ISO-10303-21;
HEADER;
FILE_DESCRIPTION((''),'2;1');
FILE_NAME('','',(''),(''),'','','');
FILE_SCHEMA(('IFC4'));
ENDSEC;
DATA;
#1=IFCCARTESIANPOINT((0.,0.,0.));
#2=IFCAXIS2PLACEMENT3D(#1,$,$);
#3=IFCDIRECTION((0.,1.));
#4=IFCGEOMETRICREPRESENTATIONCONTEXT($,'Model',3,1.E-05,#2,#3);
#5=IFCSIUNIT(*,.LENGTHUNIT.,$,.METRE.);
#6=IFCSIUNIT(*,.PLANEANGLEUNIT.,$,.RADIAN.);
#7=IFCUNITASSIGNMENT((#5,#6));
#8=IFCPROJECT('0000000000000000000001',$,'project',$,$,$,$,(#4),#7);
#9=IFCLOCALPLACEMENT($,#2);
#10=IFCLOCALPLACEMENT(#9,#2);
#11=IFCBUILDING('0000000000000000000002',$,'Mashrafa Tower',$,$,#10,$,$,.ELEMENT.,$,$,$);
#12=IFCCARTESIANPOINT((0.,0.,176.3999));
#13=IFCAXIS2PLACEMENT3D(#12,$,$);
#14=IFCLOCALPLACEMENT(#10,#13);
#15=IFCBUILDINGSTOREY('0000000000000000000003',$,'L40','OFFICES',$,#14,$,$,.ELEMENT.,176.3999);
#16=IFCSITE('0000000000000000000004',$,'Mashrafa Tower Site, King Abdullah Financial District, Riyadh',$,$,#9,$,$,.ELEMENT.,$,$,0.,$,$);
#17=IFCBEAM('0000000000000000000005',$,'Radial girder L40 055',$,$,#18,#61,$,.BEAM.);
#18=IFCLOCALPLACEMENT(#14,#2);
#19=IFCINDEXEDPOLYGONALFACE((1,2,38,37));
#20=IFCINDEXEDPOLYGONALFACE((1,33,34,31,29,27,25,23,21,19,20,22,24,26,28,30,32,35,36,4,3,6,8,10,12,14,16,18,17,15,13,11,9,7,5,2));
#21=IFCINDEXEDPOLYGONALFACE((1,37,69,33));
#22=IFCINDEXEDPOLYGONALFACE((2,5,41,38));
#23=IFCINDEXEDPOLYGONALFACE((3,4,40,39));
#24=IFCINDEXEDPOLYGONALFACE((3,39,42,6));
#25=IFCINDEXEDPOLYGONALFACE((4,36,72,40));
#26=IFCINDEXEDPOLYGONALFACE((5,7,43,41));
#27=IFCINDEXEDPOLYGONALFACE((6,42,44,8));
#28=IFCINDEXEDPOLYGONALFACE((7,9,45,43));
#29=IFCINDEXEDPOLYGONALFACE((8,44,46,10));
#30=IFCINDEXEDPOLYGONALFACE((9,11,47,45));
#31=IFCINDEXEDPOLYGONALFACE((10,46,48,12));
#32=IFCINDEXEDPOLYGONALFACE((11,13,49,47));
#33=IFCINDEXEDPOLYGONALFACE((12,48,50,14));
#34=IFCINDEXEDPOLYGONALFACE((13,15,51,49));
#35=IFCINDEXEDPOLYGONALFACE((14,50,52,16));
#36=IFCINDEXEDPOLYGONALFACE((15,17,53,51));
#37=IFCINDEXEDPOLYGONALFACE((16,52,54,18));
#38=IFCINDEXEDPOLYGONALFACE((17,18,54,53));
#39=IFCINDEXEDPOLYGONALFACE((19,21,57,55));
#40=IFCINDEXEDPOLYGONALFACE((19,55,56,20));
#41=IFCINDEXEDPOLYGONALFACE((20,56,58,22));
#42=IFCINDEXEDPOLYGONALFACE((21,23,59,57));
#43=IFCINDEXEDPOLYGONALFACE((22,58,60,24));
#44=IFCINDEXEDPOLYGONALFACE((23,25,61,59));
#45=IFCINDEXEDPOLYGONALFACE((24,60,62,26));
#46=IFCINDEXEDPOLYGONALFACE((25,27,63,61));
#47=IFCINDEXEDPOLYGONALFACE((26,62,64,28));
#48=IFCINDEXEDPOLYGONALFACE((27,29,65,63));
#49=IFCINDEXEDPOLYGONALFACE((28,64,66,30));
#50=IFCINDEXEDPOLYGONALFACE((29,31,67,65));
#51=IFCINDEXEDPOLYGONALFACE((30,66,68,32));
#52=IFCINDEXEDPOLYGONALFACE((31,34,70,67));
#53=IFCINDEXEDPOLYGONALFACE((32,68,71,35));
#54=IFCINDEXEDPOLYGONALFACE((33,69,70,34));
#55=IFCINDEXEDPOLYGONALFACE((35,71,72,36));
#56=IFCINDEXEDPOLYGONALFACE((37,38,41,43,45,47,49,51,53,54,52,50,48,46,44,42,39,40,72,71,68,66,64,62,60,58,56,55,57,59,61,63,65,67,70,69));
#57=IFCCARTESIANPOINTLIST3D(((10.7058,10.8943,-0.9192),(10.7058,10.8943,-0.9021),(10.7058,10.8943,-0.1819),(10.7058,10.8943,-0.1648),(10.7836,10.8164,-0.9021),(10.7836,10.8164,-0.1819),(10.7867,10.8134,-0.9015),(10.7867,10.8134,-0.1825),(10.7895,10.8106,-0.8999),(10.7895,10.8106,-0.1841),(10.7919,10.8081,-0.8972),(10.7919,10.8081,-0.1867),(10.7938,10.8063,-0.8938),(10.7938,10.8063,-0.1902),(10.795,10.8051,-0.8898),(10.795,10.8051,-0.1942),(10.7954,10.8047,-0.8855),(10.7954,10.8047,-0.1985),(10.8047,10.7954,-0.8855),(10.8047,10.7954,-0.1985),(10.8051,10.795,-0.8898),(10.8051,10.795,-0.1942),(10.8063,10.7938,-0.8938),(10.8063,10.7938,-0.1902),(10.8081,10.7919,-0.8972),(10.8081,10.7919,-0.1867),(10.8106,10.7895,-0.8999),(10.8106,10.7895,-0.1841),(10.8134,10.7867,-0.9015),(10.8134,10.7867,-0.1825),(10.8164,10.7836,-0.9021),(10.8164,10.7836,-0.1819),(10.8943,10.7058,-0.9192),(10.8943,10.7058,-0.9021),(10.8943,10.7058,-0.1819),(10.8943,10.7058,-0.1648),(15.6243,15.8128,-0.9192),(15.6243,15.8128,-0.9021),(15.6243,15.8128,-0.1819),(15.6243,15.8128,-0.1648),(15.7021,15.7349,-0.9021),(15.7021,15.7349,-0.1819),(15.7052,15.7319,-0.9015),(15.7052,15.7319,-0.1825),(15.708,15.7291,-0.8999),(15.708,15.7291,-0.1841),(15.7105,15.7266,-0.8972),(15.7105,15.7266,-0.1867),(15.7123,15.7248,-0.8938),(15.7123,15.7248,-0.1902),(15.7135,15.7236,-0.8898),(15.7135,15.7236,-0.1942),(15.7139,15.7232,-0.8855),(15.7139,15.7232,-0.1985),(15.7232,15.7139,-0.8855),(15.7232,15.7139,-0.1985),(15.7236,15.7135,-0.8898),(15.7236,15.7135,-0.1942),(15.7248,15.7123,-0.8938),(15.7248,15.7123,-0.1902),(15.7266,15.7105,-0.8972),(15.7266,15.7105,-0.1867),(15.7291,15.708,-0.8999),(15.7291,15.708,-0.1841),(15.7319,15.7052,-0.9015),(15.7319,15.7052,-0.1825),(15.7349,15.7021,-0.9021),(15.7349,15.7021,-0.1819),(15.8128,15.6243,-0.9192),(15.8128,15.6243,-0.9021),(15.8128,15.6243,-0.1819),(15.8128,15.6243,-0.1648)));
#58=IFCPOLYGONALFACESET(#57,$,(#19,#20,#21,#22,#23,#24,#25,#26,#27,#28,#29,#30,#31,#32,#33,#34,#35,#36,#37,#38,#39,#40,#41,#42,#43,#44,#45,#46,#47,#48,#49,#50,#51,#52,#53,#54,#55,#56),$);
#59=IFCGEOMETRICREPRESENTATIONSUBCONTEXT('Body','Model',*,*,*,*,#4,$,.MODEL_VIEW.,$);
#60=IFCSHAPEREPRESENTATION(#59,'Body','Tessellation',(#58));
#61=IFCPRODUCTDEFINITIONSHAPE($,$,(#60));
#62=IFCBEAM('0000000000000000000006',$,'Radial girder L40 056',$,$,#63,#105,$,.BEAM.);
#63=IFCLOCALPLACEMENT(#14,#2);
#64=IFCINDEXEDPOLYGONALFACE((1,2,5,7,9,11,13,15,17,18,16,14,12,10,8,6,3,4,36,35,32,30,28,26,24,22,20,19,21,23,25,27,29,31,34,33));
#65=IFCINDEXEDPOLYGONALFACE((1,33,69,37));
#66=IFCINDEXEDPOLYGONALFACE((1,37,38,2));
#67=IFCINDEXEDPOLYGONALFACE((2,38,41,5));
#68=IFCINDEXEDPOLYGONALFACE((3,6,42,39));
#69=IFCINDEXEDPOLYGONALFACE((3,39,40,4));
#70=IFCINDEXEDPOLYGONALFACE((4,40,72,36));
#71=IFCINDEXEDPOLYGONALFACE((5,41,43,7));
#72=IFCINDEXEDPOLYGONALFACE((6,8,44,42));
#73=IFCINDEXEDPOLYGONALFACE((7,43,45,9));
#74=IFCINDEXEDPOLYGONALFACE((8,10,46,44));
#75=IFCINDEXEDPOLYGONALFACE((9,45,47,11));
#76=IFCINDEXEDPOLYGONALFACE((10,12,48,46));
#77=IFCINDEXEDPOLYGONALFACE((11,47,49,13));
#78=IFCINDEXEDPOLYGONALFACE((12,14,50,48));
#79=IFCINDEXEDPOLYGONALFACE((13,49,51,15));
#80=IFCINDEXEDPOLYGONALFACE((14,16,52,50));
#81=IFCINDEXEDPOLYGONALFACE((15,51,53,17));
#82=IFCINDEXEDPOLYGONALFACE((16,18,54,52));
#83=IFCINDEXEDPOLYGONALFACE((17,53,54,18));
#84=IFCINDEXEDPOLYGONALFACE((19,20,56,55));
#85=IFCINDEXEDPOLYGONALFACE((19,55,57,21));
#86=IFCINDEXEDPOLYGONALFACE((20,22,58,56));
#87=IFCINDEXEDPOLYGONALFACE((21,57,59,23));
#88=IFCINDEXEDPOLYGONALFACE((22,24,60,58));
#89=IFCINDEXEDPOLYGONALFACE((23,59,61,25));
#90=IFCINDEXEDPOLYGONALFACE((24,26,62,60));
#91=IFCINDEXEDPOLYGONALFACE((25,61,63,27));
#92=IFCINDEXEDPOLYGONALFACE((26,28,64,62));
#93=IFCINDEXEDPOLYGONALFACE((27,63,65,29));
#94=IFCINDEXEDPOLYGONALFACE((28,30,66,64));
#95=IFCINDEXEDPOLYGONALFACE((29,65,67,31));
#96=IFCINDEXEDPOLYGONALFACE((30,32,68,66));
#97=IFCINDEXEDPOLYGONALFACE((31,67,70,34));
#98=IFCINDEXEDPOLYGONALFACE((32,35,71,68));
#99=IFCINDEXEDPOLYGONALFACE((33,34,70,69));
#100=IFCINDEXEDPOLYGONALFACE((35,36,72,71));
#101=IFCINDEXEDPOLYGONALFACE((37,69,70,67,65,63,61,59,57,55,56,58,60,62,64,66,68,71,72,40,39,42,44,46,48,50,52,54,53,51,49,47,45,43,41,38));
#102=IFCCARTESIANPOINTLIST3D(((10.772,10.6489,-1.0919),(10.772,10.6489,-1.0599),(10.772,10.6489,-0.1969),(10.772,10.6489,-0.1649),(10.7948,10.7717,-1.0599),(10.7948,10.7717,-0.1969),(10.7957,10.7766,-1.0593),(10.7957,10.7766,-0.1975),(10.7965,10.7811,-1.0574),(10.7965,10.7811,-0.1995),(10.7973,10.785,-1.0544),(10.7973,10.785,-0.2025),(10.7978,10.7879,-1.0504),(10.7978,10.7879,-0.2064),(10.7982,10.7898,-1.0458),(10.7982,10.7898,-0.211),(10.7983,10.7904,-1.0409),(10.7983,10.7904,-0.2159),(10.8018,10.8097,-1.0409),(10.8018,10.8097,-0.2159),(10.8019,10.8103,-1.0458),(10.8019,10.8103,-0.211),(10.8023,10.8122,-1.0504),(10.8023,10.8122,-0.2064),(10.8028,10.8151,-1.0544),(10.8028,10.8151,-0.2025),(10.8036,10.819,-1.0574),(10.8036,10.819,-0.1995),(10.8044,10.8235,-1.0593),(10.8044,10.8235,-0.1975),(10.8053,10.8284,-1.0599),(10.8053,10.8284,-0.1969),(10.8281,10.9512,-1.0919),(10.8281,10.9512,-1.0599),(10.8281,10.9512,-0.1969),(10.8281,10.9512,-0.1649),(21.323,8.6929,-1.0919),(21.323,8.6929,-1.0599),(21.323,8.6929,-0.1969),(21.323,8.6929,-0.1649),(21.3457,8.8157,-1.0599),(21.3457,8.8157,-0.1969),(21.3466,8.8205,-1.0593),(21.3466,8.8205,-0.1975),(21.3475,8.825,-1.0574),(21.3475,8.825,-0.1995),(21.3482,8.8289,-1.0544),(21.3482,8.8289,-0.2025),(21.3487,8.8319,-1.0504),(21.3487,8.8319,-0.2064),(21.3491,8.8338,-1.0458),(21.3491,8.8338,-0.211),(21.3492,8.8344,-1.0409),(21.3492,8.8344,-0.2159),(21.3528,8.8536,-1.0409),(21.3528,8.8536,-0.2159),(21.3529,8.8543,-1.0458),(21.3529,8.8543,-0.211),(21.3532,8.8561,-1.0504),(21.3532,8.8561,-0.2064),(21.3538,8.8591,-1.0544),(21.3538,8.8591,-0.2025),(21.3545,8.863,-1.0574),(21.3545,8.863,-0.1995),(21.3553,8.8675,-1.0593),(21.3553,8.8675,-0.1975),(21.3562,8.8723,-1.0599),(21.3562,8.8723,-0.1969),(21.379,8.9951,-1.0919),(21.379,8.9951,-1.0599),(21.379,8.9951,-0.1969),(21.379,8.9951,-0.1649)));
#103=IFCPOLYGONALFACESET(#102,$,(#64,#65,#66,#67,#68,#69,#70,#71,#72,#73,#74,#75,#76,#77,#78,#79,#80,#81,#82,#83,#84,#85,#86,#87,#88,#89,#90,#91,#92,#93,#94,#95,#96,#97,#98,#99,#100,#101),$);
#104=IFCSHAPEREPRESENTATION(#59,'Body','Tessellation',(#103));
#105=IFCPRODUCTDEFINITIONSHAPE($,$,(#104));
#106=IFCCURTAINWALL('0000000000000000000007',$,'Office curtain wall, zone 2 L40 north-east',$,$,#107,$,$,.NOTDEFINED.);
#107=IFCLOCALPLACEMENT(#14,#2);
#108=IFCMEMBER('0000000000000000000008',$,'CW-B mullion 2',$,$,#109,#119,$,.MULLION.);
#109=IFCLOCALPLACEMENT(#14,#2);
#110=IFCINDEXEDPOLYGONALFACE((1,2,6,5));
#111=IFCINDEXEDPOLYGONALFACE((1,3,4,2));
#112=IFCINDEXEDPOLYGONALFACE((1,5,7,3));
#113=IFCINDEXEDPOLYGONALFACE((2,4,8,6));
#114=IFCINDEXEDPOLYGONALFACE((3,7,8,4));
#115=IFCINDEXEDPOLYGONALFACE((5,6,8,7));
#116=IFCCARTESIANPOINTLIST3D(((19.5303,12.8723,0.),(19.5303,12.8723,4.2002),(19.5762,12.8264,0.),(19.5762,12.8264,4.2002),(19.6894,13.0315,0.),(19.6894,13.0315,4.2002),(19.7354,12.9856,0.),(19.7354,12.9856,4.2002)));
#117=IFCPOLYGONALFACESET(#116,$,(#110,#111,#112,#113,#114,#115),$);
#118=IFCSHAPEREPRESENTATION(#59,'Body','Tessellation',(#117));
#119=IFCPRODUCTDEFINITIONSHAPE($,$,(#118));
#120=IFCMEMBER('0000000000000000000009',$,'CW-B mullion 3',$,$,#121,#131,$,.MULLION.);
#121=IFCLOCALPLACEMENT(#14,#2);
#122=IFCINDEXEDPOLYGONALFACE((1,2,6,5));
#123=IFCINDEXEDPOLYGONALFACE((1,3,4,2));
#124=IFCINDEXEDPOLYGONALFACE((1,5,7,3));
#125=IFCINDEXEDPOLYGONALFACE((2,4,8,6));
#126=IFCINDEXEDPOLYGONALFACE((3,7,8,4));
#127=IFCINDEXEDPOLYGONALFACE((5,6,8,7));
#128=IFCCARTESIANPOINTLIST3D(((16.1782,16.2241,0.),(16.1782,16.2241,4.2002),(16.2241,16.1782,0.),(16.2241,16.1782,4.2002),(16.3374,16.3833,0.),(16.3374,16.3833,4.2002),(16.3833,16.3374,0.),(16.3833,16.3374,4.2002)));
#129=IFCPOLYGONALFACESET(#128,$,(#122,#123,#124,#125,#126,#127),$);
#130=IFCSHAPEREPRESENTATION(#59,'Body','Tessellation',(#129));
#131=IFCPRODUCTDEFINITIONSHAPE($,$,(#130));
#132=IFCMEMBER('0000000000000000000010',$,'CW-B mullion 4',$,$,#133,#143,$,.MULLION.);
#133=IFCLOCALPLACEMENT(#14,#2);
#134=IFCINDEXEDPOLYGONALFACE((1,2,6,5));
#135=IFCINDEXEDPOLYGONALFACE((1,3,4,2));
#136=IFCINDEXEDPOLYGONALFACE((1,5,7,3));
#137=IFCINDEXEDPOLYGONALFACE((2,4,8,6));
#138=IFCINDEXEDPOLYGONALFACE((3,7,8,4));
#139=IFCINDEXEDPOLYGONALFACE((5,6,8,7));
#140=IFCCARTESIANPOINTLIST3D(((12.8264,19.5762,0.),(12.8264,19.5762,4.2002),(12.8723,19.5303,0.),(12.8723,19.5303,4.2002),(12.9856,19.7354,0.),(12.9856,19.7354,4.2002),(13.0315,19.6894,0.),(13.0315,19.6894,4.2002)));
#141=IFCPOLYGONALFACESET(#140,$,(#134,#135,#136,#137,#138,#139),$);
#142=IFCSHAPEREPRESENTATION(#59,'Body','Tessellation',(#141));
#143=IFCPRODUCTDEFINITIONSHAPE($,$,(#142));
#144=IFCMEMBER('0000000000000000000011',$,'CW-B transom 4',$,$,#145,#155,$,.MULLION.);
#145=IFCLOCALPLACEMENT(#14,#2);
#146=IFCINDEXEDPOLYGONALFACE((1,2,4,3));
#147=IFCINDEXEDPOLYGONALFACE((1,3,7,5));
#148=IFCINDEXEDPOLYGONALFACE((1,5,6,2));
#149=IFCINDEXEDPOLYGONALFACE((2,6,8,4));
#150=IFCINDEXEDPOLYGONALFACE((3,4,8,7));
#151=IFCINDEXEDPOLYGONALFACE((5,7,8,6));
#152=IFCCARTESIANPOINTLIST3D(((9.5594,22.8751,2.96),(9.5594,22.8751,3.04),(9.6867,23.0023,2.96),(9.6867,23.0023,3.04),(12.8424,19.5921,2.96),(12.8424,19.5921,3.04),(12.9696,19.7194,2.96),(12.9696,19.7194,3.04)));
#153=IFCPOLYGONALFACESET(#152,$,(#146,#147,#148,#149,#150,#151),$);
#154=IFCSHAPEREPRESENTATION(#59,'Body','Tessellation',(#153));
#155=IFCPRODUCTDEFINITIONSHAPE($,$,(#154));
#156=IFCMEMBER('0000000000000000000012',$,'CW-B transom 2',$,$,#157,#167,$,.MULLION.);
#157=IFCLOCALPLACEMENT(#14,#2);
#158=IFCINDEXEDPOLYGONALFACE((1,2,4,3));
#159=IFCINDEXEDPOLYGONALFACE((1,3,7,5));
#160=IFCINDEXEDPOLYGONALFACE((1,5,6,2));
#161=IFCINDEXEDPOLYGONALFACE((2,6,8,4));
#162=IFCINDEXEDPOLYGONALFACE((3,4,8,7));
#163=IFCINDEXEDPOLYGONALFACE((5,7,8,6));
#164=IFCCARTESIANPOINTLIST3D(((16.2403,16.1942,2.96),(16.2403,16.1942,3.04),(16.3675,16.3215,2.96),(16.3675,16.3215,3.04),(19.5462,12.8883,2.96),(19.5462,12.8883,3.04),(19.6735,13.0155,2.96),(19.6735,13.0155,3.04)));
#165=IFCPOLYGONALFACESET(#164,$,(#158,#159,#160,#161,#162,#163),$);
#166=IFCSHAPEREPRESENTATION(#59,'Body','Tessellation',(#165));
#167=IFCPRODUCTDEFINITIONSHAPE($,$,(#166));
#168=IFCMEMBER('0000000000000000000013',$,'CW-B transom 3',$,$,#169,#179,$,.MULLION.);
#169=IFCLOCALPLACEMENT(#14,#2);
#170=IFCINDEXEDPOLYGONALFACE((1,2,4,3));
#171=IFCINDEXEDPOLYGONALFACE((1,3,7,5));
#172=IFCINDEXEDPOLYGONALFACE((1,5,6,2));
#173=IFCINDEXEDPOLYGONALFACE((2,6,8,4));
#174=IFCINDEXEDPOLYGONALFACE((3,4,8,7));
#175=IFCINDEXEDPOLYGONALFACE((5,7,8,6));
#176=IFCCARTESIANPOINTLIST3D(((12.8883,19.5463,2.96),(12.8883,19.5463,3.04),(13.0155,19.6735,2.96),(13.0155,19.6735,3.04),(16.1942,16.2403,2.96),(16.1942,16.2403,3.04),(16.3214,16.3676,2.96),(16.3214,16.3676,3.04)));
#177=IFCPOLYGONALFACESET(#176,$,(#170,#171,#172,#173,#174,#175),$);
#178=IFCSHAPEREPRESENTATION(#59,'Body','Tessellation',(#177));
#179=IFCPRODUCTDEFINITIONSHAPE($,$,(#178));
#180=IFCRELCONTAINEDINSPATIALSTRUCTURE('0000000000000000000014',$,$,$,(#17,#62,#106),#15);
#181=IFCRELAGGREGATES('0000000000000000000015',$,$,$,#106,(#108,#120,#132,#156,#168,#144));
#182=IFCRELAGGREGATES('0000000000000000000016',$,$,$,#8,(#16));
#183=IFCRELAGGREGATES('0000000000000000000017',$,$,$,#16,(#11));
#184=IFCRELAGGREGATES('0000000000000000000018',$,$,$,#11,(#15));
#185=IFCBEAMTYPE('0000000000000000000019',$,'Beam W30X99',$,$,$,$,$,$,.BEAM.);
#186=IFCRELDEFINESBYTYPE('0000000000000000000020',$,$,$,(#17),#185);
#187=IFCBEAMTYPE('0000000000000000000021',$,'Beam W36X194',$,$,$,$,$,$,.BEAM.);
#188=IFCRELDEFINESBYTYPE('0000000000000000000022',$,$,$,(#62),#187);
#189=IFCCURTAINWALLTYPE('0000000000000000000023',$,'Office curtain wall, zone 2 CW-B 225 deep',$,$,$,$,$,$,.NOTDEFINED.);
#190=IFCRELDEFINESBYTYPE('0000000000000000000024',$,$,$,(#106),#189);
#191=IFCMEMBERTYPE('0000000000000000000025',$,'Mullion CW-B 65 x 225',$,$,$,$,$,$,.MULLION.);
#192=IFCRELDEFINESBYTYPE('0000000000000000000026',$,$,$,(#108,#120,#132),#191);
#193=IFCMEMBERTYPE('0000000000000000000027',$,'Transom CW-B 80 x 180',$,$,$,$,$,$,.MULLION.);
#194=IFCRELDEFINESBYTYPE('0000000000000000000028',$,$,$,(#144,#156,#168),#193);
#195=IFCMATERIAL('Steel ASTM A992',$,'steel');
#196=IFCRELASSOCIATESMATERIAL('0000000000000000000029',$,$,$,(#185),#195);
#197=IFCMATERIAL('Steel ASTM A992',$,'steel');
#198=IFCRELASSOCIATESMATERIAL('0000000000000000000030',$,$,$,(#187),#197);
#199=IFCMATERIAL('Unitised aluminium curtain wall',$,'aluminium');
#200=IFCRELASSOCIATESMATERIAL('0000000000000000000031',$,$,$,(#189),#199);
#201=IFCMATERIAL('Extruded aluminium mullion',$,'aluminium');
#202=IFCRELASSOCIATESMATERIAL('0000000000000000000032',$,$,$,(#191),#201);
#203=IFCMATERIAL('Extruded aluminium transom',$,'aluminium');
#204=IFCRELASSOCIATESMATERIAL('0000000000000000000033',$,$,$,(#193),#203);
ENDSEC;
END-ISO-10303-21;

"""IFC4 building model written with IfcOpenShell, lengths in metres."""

from ifc_helpers import new_model, si_unit, direction, frame, origin, origin_2d, place, context, subcontext, project, spatial, rectangle, i_section, extrude, source, transform, mapped, material, material_profile, profile_set, type_object, type_shapes, element, aggregate, save


model = new_model("IFC4")

# Units and contexts
model_context = context("Model", 3, precision=1e-05, world=origin(), true_north=direction((0.0, 1.0)))
body_context = subcontext(model_context, "Body", "Model", "MODEL_VIEW")
ifc_project = project(units=[si_unit("LENGTHUNIT", "METRE"), si_unit("PLANEANGLEUNIT", "RADIAN")], contexts=[model_context])

# Site, building, storey
site_placement = place(None, origin())
site = spatial("IfcSite", under=ifc_project, at=site_placement, Name="Mashrafa Tower Site, King Abdullah Financial District, Riyadh", CompositionType="ELEMENT", RefElevation=0.0)
building_placement = place(site_placement, origin())
building = spatial("IfcBuilding", under=site, at=building_placement, Name="Mashrafa Tower", CompositionType="ELEMENT")
storey_placement = place(building_placement, frame((0.0, 0.0, 176.3999)))
storey = spatial("IfcBuildingStorey", under=building, at=storey_placement, Name="L40", Description="OFFICES", CompositionType="ELEMENT", Elevation=176.3999)

# Beams
ifc_material_1 = material(Name="Steel ASTM A992", Category="steel")
ifc_material_profile_1 = material_profile(ifc_material_1, i_section(OverallWidth=0.2666, OverallDepth=0.7544, WebThickness=0.0132, FlangeThickness=0.0171, FilletRadius=0.0166, at=origin_2d()), Name="W30X99")
ifc_profile_set_1 = profile_set([ifc_material_profile_1], Name="Steel ASTM A992")
beam_type_1 = type_object("IfcBeamType", Name="Beam W30X99", PredefinedType="BEAM", material=ifc_profile_set_1)
beam_1_placement = place(storey_placement, frame((10.8, 10.8, -0.542), z_axis=(0.707107, 0.707107, 0.0), x_axis=(-0.707107, 0.707107, 0.0)))
element("IfcBeam", 1, at=beam_1_placement, inside=storey, type_object=beam_type_1, Name="Radial girder L40 055", PredefinedType="BEAM", context=body_context, shape_type="SweptSolid", body=[
    extrude(i_section(OverallWidth=0.2666, OverallDepth=0.7544, WebThickness=0.0132, FlangeThickness=0.0171, FilletRadius=0.0166, at=origin_2d()), origin(), (0.0, 0.0, 1.0), 6.9558),
])
ifc_material_2 = material(Name="Steel ASTM A992", Category="steel")
ifc_material_profile_2 = material_profile(ifc_material_2, i_section(OverallWidth=0.3074, OverallDepth=0.927, WebThickness=0.0195, FlangeThickness=0.032, FilletRadius=0.019, at=origin_2d()), Name="W36X194")
ifc_profile_set_2 = profile_set([ifc_material_profile_2], Name="Steel ASTM A992")
beam_type_2 = type_object("IfcBeamType", Name="Beam W36X194", PredefinedType="BEAM", material=ifc_profile_set_2)
beam_2_placement = place(storey_placement, frame((10.8, 10.8, -0.6284), z_axis=(0.983246, -0.182284, 0.0), x_axis=(0.182284, 0.983246, 0.0)))
element("IfcBeam", 2, at=beam_2_placement, inside=storey, type_object=beam_type_2, Name="Radial girder L40 056", PredefinedType="BEAM", context=body_context, shape_type="SweptSolid", body=[
    extrude(i_section(OverallWidth=0.3074, OverallDepth=0.927, WebThickness=0.0195, FlangeThickness=0.032, FilletRadius=0.019, at=origin_2d()), origin(), (0.0, 0.0, 1.0), 10.7307),
])

# Curtain wall, members
ifc_material_3 = material(Name="Unitised aluminium curtain wall", Category="aluminium")
curtain_wall_type = type_object("IfcCurtainWallType", Name="Office curtain wall, zone 2 CW-B 225 deep", PredefinedType="NOTDEFINED", material=ifc_material_3)
curtain_wall_placement = place(storey_placement, origin())
curtain_wall = element("IfcCurtainWall", 3, at=curtain_wall_placement, inside=storey, type_object=curtain_wall_type, Name="Office curtain wall, zone 2 L40 north-east", PredefinedType="NOTDEFINED")
ifc_material_4 = material(Name="Extruded aluminium mullion", Category="aluminium")
ifc_material_profile_3 = material_profile(ifc_material_4, rectangle(XDim=0.2251, YDim=0.0649, at=origin_2d()), Name="Mullion 65x225")
ifc_profile_set_3 = profile_set([ifc_material_profile_3], Name="Extruded aluminium mullion")
member_type_1 = type_object("IfcMemberType", Name="Mullion CW-B 65 x 225", PredefinedType="MULLION", material=ifc_profile_set_3)
shared_shape_1 = source(origin(), body_context, "Body", "SweptSolid", [
    extrude(rectangle(XDim=0.2251, YDim=0.0649, at=origin_2d()), origin(), (0.0, 0.0, 1.0), 4.2002),
])
type_shapes(member_type_1, [shared_shape_1])
member_1_placement = place(storey_placement, frame((19.6328, 12.929, 0.0), z_axis=(0.0, 0.0, 1.0), x_axis=(-0.707107, -0.707107, 0.0)))
member_1 = element("IfcMember", 4, at=member_1_placement, type_object=member_type_1, Name="CW-B mullion 2", PredefinedType="MULLION", context=body_context, shape_type="MappedRepresentation", body=[
    mapped(shared_shape_1, transform((0.0, 0.0, 0.0))),
])
member_2_placement = place(storey_placement, frame((16.2808, 16.2808, 0.0), z_axis=(0.0, 0.0, 1.0), x_axis=(-0.707107, -0.707107, 0.0)))
member_2 = element("IfcMember", 5, at=member_2_placement, type_object=member_type_1, Name="CW-B mullion 3", PredefinedType="MULLION", context=body_context, shape_type="MappedRepresentation", body=[
    mapped(shared_shape_1, transform((0.0, 0.0, 0.0))),
])
member_3_placement = place(storey_placement, frame((12.929, 19.6328, 0.0), z_axis=(0.0, 0.0, 1.0), x_axis=(-0.707107, -0.707107, 0.0)))
member_3 = element("IfcMember", 6, at=member_3_placement, type_object=member_type_1, Name="CW-B mullion 4", PredefinedType="MULLION", context=body_context, shape_type="MappedRepresentation", body=[
    mapped(shared_shape_1, transform((0.0, 0.0, 0.0))),
])
ifc_material_5 = material(Name="Extruded aluminium transom", Category="aluminium")
ifc_material_profile_4 = material_profile(ifc_material_5, rectangle(XDim=0.1799, YDim=0.0801, at=origin_2d()), Name="Transom 80x180")
ifc_profile_set_4 = profile_set([ifc_material_profile_4], Name="Extruded aluminium transom")
member_type_2 = type_object("IfcMemberType", Name="Transom CW-B 80 x 180", PredefinedType="MULLION", material=ifc_profile_set_4)
shared_shape_2 = source(origin(), body_context, "Body", "SweptSolid", [
    extrude(rectangle(XDim=0.1799, YDim=0.0801, at=origin_2d()), origin(), (0.0, 0.0, 1.0), 4.6428),
])
member_4_placement = place(storey_placement, frame((12.906, 19.6558, 3.0), z_axis=(-0.707107, 0.707107, 0.0), x_axis=(-0.707107, -0.707107, 0.0)))
member_4 = element("IfcMember", 7, at=member_4_placement, type_object=member_type_2, Name="CW-B transom 4", PredefinedType="MULLION", context=body_context, shape_type="MappedRepresentation", body=[
    mapped(shared_shape_2, transform((0.0, 0.0, 0.0))),
])
shared_shape_3 = source(origin(), body_context, "Body", "SweptSolid", [
    extrude(rectangle(XDim=0.1799, YDim=0.0801, at=origin_2d()), origin(), (0.0, 0.0, 1.0), 4.6753),
])
type_shapes(member_type_2, [shared_shape_2, shared_shape_3])
member_5_placement = place(storey_placement, frame((19.6099, 12.9519, 3.0), z_axis=(-0.707107, 0.707107, 0.0), x_axis=(-0.707107, -0.707107, 0.0)))
member_5 = element("IfcMember", 8, at=member_5_placement, type_object=member_type_2, Name="CW-B transom 2", PredefinedType="MULLION", context=body_context, shape_type="MappedRepresentation", body=[
    mapped(shared_shape_3, transform((0.0, 0.0, 0.0))),
])
member_6_placement = place(storey_placement, frame((16.2578, 16.304, 3.0), z_axis=(-0.707107, 0.707107, 0.0), x_axis=(-0.707107, -0.707107, 0.0)))
member_6 = element("IfcMember", 9, at=member_6_placement, type_object=member_type_2, Name="CW-B transom 3", PredefinedType="MULLION", context=body_context, shape_type="MappedRepresentation", body=[
    mapped(shared_shape_3, transform((0.0, 0.0, 0.0))),
])
aggregate(curtain_wall, [member_1, member_2, member_3, member_5, member_6, member_4])

save(model, "model.ifc")
